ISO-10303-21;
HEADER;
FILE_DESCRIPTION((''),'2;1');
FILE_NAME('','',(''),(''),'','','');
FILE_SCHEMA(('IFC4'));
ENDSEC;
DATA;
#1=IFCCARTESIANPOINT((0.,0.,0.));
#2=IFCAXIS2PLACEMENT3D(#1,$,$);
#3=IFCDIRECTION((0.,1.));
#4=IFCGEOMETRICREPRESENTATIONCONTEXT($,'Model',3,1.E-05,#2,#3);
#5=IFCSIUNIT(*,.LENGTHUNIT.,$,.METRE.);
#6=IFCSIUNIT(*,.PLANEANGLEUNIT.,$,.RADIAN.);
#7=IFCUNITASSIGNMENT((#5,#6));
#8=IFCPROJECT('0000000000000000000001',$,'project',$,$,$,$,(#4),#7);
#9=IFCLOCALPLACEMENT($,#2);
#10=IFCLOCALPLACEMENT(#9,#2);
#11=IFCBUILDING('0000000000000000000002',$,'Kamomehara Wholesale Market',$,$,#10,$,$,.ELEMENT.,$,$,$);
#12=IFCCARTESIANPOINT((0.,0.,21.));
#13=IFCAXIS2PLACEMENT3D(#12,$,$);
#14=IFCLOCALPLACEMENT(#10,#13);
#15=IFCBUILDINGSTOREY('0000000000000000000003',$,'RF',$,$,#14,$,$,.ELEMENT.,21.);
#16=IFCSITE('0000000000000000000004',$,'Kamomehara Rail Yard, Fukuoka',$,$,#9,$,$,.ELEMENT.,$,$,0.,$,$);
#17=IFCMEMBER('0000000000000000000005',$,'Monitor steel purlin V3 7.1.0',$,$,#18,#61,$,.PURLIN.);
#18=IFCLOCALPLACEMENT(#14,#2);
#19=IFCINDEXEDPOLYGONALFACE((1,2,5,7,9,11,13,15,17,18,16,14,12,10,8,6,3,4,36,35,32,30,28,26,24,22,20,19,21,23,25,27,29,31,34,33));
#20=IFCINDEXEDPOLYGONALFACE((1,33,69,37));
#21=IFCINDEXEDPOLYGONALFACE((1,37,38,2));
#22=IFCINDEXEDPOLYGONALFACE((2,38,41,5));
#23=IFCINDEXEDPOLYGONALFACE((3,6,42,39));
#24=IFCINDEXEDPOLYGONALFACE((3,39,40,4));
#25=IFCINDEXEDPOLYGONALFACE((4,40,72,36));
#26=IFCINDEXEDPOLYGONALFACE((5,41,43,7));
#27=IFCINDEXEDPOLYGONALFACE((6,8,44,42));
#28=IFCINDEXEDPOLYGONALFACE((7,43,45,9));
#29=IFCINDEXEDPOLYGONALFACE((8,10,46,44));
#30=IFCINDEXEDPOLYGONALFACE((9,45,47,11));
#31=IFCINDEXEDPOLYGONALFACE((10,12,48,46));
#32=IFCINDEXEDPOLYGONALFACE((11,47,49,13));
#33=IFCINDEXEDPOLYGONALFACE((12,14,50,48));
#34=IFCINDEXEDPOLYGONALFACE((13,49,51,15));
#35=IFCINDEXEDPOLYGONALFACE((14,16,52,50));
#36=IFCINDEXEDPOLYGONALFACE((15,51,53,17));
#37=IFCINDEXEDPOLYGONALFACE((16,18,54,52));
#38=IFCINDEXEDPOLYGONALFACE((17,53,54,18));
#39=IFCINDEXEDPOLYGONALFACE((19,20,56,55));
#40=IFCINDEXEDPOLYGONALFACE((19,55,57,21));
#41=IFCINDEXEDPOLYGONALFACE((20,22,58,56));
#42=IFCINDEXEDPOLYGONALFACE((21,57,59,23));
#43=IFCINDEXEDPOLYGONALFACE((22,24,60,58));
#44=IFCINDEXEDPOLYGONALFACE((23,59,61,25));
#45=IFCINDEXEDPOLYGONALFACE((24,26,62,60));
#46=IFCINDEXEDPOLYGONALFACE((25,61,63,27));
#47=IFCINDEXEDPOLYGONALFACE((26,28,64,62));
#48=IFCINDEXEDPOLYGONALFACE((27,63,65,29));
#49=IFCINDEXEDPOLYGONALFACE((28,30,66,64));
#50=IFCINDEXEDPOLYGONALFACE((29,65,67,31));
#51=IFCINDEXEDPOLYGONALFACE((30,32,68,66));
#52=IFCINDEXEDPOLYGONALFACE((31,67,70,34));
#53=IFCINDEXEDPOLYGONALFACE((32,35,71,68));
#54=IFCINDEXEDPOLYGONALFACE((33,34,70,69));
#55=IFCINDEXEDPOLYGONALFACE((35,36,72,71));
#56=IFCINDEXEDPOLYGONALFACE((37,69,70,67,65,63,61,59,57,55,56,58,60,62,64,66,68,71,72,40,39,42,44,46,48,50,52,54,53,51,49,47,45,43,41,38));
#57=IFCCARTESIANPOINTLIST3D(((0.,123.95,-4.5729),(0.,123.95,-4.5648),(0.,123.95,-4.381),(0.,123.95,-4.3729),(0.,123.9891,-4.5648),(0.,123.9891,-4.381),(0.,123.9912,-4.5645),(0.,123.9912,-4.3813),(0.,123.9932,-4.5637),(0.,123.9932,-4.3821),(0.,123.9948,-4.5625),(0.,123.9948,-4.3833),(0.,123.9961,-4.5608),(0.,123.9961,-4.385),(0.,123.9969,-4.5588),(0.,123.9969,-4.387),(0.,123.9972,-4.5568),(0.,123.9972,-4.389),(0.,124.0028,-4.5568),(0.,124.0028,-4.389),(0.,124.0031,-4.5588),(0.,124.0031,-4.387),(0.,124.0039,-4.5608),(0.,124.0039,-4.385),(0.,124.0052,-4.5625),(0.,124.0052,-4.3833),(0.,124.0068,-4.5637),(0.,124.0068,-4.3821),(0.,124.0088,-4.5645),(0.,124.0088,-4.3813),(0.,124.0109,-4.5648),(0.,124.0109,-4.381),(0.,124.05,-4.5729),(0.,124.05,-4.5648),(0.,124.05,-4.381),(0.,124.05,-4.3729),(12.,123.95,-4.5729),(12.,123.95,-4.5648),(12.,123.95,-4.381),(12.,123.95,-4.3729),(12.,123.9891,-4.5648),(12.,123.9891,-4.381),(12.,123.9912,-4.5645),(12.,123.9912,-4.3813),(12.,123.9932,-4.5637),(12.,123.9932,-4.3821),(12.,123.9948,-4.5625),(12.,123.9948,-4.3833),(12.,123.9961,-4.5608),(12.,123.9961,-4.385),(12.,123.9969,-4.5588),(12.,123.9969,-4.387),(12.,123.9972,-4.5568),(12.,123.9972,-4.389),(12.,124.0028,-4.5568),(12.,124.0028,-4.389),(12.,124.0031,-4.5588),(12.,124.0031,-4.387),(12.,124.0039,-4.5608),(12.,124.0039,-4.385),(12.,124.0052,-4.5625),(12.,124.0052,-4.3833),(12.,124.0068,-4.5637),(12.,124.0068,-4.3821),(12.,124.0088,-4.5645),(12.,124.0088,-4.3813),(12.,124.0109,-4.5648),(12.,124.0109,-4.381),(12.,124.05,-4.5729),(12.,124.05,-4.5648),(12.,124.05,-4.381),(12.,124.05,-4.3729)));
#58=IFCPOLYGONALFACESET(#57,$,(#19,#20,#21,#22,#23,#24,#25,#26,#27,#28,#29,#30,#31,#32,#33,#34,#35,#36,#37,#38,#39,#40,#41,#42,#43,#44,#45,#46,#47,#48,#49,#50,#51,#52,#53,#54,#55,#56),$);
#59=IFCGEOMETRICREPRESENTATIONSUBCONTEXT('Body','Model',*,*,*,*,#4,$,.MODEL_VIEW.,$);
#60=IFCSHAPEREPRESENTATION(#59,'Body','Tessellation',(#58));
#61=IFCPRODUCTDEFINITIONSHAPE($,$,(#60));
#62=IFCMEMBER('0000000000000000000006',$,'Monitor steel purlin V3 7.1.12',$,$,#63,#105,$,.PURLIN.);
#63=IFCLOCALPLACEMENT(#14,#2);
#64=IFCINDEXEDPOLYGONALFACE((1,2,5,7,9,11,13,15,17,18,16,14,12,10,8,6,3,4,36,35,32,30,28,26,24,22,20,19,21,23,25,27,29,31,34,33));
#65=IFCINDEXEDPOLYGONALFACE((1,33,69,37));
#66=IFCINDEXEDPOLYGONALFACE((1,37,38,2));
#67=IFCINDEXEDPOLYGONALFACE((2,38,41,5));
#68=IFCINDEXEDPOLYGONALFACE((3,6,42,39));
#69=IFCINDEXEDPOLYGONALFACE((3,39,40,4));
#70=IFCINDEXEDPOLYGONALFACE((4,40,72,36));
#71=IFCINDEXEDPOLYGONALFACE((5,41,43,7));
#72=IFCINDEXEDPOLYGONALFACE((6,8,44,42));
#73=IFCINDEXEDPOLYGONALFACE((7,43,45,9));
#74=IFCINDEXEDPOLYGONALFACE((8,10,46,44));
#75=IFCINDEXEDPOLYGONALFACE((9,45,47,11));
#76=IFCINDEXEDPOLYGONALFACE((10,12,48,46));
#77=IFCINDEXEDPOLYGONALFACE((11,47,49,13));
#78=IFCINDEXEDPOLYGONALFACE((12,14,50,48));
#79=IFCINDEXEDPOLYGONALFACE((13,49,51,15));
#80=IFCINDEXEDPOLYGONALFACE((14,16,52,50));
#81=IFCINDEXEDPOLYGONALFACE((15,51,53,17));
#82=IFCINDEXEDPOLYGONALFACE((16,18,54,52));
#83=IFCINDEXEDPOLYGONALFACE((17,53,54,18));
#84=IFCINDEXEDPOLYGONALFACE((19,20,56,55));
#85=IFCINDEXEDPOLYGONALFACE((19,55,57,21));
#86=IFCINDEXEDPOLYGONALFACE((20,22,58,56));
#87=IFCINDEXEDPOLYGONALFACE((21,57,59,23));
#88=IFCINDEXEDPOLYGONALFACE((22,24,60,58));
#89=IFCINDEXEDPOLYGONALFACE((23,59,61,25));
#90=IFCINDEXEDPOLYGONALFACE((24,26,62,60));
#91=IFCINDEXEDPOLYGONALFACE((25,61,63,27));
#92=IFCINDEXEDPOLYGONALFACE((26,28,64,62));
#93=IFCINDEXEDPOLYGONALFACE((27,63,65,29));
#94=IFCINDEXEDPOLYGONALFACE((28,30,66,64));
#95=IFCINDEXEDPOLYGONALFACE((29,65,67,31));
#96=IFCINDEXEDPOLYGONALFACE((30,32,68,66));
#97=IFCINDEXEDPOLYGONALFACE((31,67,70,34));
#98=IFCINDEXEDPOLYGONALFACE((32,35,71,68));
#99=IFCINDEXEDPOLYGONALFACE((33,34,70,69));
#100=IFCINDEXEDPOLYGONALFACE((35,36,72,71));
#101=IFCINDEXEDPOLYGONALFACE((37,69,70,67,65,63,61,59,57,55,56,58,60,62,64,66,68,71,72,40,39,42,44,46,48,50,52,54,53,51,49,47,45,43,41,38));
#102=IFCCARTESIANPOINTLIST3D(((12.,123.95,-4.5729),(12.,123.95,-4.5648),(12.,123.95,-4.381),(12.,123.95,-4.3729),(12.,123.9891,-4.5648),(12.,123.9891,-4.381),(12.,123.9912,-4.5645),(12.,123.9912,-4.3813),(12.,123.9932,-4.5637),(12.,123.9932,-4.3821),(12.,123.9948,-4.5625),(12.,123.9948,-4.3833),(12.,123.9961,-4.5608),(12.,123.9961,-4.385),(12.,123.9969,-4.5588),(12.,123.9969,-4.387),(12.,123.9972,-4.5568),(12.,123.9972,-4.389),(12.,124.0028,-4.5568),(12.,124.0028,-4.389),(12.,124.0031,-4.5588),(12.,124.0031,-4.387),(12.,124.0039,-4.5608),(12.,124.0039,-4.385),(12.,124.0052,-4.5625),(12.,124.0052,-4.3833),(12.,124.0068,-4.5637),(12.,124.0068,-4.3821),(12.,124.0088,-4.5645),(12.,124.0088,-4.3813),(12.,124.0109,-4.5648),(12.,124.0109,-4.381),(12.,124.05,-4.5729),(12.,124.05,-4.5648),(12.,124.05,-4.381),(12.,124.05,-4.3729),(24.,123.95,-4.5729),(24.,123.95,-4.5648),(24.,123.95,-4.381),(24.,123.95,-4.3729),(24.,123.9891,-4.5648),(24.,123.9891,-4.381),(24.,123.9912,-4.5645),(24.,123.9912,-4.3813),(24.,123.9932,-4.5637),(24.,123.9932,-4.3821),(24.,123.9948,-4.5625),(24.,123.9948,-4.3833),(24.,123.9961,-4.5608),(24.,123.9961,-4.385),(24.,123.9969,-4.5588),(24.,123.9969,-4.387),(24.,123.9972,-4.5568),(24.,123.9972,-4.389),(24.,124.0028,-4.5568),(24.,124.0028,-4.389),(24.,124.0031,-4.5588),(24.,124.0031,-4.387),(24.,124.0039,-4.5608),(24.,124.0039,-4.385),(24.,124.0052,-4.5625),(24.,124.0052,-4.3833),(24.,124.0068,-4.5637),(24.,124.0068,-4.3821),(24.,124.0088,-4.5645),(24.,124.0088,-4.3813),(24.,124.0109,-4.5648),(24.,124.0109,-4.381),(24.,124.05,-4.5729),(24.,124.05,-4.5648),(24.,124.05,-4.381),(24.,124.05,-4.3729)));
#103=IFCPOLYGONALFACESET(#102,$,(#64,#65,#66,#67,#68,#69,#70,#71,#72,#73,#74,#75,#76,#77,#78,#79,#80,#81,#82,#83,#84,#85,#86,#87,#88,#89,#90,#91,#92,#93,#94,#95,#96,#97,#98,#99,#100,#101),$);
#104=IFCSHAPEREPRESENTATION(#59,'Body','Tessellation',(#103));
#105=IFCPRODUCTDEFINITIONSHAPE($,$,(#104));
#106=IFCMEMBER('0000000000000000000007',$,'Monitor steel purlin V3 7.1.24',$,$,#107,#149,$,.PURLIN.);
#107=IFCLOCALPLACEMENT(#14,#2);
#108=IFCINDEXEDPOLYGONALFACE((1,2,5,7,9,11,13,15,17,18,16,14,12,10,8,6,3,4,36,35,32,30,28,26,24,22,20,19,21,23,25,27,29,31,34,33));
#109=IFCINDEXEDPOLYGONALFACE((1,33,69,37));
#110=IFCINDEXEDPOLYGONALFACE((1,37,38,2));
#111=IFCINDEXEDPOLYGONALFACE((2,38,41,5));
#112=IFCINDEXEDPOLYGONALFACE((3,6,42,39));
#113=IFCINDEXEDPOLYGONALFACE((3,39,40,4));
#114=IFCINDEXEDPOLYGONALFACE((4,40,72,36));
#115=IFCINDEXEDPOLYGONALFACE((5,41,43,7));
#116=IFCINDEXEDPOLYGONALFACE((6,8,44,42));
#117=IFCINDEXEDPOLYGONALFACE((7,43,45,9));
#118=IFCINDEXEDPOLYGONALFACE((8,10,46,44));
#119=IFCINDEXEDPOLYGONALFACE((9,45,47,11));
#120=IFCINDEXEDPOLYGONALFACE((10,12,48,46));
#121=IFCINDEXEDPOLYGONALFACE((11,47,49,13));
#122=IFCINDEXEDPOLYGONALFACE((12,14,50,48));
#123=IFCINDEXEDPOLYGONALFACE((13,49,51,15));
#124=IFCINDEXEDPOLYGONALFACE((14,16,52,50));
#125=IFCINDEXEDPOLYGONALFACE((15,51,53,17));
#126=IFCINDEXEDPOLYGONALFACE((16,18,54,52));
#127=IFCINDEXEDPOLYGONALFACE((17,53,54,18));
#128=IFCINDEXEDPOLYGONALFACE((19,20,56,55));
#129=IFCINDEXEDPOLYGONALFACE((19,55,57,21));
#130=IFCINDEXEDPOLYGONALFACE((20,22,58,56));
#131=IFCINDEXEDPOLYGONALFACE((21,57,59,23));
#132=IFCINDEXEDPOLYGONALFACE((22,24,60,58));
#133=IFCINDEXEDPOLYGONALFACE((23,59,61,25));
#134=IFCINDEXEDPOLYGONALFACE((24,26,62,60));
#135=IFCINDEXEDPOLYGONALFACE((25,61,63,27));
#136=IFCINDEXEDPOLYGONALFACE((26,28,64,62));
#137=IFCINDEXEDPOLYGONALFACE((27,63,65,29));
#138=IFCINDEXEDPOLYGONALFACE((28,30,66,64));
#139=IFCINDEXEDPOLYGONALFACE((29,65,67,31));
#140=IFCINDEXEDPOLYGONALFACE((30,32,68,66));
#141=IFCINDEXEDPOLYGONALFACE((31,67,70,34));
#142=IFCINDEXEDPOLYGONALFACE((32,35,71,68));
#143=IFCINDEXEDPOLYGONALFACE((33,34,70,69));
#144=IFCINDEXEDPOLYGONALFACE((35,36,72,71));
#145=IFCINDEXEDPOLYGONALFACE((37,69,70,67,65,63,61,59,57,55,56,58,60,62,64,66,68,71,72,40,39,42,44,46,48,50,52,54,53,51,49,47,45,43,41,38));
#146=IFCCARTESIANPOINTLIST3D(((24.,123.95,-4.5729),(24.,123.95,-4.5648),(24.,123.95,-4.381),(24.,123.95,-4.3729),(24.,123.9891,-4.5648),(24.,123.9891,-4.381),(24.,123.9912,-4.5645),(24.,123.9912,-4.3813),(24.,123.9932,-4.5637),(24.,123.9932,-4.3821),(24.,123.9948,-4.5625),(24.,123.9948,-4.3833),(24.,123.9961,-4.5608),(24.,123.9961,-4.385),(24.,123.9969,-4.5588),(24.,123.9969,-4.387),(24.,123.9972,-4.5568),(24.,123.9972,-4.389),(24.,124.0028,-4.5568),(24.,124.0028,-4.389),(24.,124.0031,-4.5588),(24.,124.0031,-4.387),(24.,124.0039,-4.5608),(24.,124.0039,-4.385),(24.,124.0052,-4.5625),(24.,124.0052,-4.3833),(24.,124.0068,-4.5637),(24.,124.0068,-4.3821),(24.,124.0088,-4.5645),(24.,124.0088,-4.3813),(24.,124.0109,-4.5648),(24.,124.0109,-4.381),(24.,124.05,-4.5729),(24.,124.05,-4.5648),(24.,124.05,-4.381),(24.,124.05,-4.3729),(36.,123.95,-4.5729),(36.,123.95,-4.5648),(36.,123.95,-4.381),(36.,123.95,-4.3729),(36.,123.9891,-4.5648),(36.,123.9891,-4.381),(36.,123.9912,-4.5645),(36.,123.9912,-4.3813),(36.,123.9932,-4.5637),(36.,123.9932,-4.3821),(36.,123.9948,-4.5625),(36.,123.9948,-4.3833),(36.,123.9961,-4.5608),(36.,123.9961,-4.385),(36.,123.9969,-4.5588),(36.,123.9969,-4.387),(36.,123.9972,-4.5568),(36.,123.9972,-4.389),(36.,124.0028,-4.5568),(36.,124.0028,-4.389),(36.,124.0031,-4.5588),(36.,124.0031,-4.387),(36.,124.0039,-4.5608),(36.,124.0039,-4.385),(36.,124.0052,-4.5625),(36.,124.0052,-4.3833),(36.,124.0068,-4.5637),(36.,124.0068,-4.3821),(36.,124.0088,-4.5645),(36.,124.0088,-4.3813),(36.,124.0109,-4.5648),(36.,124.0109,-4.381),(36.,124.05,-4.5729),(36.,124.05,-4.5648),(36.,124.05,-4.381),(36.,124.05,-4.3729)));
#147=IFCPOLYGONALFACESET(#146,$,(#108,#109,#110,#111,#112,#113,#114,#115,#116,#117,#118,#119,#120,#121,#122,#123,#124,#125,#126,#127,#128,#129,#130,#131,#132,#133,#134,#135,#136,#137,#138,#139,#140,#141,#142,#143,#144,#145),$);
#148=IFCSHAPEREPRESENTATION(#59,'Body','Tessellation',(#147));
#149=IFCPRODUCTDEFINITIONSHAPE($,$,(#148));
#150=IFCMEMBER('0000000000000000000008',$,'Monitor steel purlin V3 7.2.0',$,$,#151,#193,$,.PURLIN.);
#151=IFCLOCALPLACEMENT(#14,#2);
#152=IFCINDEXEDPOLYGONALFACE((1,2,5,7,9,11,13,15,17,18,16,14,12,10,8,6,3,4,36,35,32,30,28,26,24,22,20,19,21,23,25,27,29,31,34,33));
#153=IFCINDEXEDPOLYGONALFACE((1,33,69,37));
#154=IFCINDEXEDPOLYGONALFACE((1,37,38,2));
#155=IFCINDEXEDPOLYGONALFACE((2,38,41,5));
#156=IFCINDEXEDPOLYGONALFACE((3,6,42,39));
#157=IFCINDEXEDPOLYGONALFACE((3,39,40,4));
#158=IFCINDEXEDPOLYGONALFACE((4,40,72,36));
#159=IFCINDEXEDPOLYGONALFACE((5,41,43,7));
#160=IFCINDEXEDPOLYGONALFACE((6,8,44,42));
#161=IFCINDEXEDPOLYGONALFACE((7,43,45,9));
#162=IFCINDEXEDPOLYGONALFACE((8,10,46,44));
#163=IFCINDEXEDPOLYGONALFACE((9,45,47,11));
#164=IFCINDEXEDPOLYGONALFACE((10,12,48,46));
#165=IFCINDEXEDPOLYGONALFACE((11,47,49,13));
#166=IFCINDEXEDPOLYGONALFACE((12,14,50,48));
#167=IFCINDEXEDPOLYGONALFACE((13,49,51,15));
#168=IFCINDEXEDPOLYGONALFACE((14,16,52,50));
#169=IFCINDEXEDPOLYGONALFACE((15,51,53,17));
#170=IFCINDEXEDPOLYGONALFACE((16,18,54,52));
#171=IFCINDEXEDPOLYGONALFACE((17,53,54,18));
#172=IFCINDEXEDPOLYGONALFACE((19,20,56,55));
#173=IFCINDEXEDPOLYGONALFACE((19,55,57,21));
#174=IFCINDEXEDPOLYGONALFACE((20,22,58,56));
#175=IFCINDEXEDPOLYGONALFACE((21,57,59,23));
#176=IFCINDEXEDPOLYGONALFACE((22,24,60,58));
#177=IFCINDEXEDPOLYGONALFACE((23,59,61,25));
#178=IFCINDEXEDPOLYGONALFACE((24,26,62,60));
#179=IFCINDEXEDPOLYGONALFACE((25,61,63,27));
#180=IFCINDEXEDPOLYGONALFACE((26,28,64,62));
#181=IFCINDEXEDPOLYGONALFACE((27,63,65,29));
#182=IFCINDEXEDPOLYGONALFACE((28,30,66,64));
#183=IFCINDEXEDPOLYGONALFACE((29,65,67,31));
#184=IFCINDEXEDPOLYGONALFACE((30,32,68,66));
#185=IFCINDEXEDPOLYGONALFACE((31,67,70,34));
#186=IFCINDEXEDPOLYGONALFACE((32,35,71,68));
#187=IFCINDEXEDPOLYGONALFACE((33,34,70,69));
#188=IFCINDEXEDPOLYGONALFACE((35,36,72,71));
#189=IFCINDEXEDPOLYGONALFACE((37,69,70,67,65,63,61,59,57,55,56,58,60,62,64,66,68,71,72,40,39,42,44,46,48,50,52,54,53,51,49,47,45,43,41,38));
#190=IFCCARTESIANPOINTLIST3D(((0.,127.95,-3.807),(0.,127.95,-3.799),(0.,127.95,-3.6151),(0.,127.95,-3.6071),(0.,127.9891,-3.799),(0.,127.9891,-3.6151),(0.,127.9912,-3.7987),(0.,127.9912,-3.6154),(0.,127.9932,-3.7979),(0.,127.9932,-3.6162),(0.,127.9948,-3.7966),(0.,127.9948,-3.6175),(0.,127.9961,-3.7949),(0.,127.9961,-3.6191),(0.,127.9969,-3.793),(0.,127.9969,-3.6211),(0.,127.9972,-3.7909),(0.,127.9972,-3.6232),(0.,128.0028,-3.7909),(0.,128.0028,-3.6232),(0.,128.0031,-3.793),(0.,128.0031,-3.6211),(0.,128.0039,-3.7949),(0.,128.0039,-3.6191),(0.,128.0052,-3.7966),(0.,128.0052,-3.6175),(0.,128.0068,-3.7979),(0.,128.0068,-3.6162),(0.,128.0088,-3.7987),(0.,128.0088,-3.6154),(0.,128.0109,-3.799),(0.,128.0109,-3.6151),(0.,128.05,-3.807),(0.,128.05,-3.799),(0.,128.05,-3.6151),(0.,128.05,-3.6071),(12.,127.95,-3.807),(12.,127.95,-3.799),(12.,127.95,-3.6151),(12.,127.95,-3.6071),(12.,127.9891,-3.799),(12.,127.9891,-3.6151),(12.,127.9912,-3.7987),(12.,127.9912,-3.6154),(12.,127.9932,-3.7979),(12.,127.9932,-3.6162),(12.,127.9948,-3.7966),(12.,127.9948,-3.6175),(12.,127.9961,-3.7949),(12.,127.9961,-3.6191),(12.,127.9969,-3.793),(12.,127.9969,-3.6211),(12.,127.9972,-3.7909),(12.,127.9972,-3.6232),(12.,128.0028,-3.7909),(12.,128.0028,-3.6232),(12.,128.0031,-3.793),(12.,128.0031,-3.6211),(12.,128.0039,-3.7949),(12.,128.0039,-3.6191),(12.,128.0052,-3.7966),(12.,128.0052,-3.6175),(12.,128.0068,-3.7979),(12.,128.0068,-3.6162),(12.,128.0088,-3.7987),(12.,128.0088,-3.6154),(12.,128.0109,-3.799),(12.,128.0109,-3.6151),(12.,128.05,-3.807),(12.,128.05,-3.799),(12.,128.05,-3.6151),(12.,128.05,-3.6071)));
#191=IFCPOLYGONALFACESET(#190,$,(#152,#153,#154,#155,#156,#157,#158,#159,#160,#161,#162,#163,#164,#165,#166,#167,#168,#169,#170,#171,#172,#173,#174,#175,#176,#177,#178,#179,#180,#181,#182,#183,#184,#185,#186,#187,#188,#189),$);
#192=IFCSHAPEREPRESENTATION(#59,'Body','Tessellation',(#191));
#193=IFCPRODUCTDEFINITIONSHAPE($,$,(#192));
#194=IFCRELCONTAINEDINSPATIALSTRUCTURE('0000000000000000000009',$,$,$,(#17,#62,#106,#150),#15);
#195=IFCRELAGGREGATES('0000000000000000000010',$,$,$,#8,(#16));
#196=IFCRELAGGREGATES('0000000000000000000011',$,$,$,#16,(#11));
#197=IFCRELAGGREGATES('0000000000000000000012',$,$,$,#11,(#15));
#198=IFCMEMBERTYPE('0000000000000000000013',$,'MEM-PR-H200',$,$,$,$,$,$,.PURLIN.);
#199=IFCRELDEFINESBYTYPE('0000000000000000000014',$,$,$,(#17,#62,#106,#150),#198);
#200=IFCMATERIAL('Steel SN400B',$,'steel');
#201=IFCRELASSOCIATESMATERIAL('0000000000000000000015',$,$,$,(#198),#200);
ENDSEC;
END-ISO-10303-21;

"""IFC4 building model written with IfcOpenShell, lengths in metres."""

from ifc_helpers import new_model, si_unit, direction, frame, origin, origin_2d, place, context, subcontext, project, spatial, i_section, extrude, material, material_profile, profile_set, type_object, element, save


model = new_model("IFC4")

# Units and contexts
model_context = context("Model", 3, precision=1e-05, world=origin(), true_north=direction((0.0, 1.0)))
body_context = subcontext(model_context, "Body", "Model", "MODEL_VIEW")
ifc_project = project(units=[si_unit("LENGTHUNIT", "METRE"), si_unit("PLANEANGLEUNIT", "RADIAN")], contexts=[model_context])

# Site, building, storey
site_placement = place(None, origin())
site = spatial("IfcSite", under=ifc_project, at=site_placement, Name="Kamomehara Rail Yard, Fukuoka", CompositionType="ELEMENT", RefElevation=0.0)
building_placement = place(site_placement, origin())
building = spatial("IfcBuilding", under=site, at=building_placement, Name="Kamomehara Wholesale Market", CompositionType="ELEMENT")
storey_placement = place(building_placement, frame((0.0, 0.0, 21.0)))
storey = spatial("IfcBuildingStorey", under=building, at=storey_placement, Name="RF", CompositionType="ELEMENT", Elevation=21.0)

# Members
ifc_material_1 = material(Name="Steel SN400B", Category="steel")
ifc_material_profile_1 = material_profile(ifc_material_1, i_section(OverallWidth=0.1001, OverallDepth=0.2, WebThickness=0.0056, FlangeThickness=0.0081, FilletRadius=0.0081, at=origin_2d()), Name="H-200x100x5.5x8")
ifc_profile_set_1 = profile_set([ifc_material_profile_1], Name="Steel SN400B")
member_type = type_object("IfcMemberType", Name="MEM-PR-H200", PredefinedType="PURLIN", material=ifc_profile_set_1)
for number, where, z_axis, x_axis, name in (
    (1, (0.0, 124.0, -4.4729), (1.0, 0.0, 0.0), (0.0, 1.0, 0.0), "Monitor steel purlin V3 7.1.0"),
    (2, (12.0, 124.0, -4.4729), (1.0, 0.0, 0.0), (0.0, 1.0, 0.0), "Monitor steel purlin V3 7.1.12"),
    (3, (24.0, 124.0, -4.4729), (1.0, 0.0, 0.0), (0.0, 1.0, 0.0), "Monitor steel purlin V3 7.1.24"),
    (4, (0.0, 128.0, -3.707), (1.0, 0.0, 0.0), (0.0, 1.0, 0.0), "Monitor steel purlin V3 7.2.0"),
):
    element("IfcMember", number, at=place(storey_placement, frame(where, z_axis=z_axis, x_axis=x_axis)), inside=storey, type_object=member_type, Name=name, PredefinedType="PURLIN", context=body_context, shape_type="SweptSolid", body=[
        extrude(i_section(OverallWidth=0.1001, OverallDepth=0.2, WebThickness=0.0056, FlangeThickness=0.0081, FilletRadius=0.0081, at=origin_2d()), origin(), (0.0, 0.0, 1.0), 12.0),
    ])

save(model, "model.ifc")
